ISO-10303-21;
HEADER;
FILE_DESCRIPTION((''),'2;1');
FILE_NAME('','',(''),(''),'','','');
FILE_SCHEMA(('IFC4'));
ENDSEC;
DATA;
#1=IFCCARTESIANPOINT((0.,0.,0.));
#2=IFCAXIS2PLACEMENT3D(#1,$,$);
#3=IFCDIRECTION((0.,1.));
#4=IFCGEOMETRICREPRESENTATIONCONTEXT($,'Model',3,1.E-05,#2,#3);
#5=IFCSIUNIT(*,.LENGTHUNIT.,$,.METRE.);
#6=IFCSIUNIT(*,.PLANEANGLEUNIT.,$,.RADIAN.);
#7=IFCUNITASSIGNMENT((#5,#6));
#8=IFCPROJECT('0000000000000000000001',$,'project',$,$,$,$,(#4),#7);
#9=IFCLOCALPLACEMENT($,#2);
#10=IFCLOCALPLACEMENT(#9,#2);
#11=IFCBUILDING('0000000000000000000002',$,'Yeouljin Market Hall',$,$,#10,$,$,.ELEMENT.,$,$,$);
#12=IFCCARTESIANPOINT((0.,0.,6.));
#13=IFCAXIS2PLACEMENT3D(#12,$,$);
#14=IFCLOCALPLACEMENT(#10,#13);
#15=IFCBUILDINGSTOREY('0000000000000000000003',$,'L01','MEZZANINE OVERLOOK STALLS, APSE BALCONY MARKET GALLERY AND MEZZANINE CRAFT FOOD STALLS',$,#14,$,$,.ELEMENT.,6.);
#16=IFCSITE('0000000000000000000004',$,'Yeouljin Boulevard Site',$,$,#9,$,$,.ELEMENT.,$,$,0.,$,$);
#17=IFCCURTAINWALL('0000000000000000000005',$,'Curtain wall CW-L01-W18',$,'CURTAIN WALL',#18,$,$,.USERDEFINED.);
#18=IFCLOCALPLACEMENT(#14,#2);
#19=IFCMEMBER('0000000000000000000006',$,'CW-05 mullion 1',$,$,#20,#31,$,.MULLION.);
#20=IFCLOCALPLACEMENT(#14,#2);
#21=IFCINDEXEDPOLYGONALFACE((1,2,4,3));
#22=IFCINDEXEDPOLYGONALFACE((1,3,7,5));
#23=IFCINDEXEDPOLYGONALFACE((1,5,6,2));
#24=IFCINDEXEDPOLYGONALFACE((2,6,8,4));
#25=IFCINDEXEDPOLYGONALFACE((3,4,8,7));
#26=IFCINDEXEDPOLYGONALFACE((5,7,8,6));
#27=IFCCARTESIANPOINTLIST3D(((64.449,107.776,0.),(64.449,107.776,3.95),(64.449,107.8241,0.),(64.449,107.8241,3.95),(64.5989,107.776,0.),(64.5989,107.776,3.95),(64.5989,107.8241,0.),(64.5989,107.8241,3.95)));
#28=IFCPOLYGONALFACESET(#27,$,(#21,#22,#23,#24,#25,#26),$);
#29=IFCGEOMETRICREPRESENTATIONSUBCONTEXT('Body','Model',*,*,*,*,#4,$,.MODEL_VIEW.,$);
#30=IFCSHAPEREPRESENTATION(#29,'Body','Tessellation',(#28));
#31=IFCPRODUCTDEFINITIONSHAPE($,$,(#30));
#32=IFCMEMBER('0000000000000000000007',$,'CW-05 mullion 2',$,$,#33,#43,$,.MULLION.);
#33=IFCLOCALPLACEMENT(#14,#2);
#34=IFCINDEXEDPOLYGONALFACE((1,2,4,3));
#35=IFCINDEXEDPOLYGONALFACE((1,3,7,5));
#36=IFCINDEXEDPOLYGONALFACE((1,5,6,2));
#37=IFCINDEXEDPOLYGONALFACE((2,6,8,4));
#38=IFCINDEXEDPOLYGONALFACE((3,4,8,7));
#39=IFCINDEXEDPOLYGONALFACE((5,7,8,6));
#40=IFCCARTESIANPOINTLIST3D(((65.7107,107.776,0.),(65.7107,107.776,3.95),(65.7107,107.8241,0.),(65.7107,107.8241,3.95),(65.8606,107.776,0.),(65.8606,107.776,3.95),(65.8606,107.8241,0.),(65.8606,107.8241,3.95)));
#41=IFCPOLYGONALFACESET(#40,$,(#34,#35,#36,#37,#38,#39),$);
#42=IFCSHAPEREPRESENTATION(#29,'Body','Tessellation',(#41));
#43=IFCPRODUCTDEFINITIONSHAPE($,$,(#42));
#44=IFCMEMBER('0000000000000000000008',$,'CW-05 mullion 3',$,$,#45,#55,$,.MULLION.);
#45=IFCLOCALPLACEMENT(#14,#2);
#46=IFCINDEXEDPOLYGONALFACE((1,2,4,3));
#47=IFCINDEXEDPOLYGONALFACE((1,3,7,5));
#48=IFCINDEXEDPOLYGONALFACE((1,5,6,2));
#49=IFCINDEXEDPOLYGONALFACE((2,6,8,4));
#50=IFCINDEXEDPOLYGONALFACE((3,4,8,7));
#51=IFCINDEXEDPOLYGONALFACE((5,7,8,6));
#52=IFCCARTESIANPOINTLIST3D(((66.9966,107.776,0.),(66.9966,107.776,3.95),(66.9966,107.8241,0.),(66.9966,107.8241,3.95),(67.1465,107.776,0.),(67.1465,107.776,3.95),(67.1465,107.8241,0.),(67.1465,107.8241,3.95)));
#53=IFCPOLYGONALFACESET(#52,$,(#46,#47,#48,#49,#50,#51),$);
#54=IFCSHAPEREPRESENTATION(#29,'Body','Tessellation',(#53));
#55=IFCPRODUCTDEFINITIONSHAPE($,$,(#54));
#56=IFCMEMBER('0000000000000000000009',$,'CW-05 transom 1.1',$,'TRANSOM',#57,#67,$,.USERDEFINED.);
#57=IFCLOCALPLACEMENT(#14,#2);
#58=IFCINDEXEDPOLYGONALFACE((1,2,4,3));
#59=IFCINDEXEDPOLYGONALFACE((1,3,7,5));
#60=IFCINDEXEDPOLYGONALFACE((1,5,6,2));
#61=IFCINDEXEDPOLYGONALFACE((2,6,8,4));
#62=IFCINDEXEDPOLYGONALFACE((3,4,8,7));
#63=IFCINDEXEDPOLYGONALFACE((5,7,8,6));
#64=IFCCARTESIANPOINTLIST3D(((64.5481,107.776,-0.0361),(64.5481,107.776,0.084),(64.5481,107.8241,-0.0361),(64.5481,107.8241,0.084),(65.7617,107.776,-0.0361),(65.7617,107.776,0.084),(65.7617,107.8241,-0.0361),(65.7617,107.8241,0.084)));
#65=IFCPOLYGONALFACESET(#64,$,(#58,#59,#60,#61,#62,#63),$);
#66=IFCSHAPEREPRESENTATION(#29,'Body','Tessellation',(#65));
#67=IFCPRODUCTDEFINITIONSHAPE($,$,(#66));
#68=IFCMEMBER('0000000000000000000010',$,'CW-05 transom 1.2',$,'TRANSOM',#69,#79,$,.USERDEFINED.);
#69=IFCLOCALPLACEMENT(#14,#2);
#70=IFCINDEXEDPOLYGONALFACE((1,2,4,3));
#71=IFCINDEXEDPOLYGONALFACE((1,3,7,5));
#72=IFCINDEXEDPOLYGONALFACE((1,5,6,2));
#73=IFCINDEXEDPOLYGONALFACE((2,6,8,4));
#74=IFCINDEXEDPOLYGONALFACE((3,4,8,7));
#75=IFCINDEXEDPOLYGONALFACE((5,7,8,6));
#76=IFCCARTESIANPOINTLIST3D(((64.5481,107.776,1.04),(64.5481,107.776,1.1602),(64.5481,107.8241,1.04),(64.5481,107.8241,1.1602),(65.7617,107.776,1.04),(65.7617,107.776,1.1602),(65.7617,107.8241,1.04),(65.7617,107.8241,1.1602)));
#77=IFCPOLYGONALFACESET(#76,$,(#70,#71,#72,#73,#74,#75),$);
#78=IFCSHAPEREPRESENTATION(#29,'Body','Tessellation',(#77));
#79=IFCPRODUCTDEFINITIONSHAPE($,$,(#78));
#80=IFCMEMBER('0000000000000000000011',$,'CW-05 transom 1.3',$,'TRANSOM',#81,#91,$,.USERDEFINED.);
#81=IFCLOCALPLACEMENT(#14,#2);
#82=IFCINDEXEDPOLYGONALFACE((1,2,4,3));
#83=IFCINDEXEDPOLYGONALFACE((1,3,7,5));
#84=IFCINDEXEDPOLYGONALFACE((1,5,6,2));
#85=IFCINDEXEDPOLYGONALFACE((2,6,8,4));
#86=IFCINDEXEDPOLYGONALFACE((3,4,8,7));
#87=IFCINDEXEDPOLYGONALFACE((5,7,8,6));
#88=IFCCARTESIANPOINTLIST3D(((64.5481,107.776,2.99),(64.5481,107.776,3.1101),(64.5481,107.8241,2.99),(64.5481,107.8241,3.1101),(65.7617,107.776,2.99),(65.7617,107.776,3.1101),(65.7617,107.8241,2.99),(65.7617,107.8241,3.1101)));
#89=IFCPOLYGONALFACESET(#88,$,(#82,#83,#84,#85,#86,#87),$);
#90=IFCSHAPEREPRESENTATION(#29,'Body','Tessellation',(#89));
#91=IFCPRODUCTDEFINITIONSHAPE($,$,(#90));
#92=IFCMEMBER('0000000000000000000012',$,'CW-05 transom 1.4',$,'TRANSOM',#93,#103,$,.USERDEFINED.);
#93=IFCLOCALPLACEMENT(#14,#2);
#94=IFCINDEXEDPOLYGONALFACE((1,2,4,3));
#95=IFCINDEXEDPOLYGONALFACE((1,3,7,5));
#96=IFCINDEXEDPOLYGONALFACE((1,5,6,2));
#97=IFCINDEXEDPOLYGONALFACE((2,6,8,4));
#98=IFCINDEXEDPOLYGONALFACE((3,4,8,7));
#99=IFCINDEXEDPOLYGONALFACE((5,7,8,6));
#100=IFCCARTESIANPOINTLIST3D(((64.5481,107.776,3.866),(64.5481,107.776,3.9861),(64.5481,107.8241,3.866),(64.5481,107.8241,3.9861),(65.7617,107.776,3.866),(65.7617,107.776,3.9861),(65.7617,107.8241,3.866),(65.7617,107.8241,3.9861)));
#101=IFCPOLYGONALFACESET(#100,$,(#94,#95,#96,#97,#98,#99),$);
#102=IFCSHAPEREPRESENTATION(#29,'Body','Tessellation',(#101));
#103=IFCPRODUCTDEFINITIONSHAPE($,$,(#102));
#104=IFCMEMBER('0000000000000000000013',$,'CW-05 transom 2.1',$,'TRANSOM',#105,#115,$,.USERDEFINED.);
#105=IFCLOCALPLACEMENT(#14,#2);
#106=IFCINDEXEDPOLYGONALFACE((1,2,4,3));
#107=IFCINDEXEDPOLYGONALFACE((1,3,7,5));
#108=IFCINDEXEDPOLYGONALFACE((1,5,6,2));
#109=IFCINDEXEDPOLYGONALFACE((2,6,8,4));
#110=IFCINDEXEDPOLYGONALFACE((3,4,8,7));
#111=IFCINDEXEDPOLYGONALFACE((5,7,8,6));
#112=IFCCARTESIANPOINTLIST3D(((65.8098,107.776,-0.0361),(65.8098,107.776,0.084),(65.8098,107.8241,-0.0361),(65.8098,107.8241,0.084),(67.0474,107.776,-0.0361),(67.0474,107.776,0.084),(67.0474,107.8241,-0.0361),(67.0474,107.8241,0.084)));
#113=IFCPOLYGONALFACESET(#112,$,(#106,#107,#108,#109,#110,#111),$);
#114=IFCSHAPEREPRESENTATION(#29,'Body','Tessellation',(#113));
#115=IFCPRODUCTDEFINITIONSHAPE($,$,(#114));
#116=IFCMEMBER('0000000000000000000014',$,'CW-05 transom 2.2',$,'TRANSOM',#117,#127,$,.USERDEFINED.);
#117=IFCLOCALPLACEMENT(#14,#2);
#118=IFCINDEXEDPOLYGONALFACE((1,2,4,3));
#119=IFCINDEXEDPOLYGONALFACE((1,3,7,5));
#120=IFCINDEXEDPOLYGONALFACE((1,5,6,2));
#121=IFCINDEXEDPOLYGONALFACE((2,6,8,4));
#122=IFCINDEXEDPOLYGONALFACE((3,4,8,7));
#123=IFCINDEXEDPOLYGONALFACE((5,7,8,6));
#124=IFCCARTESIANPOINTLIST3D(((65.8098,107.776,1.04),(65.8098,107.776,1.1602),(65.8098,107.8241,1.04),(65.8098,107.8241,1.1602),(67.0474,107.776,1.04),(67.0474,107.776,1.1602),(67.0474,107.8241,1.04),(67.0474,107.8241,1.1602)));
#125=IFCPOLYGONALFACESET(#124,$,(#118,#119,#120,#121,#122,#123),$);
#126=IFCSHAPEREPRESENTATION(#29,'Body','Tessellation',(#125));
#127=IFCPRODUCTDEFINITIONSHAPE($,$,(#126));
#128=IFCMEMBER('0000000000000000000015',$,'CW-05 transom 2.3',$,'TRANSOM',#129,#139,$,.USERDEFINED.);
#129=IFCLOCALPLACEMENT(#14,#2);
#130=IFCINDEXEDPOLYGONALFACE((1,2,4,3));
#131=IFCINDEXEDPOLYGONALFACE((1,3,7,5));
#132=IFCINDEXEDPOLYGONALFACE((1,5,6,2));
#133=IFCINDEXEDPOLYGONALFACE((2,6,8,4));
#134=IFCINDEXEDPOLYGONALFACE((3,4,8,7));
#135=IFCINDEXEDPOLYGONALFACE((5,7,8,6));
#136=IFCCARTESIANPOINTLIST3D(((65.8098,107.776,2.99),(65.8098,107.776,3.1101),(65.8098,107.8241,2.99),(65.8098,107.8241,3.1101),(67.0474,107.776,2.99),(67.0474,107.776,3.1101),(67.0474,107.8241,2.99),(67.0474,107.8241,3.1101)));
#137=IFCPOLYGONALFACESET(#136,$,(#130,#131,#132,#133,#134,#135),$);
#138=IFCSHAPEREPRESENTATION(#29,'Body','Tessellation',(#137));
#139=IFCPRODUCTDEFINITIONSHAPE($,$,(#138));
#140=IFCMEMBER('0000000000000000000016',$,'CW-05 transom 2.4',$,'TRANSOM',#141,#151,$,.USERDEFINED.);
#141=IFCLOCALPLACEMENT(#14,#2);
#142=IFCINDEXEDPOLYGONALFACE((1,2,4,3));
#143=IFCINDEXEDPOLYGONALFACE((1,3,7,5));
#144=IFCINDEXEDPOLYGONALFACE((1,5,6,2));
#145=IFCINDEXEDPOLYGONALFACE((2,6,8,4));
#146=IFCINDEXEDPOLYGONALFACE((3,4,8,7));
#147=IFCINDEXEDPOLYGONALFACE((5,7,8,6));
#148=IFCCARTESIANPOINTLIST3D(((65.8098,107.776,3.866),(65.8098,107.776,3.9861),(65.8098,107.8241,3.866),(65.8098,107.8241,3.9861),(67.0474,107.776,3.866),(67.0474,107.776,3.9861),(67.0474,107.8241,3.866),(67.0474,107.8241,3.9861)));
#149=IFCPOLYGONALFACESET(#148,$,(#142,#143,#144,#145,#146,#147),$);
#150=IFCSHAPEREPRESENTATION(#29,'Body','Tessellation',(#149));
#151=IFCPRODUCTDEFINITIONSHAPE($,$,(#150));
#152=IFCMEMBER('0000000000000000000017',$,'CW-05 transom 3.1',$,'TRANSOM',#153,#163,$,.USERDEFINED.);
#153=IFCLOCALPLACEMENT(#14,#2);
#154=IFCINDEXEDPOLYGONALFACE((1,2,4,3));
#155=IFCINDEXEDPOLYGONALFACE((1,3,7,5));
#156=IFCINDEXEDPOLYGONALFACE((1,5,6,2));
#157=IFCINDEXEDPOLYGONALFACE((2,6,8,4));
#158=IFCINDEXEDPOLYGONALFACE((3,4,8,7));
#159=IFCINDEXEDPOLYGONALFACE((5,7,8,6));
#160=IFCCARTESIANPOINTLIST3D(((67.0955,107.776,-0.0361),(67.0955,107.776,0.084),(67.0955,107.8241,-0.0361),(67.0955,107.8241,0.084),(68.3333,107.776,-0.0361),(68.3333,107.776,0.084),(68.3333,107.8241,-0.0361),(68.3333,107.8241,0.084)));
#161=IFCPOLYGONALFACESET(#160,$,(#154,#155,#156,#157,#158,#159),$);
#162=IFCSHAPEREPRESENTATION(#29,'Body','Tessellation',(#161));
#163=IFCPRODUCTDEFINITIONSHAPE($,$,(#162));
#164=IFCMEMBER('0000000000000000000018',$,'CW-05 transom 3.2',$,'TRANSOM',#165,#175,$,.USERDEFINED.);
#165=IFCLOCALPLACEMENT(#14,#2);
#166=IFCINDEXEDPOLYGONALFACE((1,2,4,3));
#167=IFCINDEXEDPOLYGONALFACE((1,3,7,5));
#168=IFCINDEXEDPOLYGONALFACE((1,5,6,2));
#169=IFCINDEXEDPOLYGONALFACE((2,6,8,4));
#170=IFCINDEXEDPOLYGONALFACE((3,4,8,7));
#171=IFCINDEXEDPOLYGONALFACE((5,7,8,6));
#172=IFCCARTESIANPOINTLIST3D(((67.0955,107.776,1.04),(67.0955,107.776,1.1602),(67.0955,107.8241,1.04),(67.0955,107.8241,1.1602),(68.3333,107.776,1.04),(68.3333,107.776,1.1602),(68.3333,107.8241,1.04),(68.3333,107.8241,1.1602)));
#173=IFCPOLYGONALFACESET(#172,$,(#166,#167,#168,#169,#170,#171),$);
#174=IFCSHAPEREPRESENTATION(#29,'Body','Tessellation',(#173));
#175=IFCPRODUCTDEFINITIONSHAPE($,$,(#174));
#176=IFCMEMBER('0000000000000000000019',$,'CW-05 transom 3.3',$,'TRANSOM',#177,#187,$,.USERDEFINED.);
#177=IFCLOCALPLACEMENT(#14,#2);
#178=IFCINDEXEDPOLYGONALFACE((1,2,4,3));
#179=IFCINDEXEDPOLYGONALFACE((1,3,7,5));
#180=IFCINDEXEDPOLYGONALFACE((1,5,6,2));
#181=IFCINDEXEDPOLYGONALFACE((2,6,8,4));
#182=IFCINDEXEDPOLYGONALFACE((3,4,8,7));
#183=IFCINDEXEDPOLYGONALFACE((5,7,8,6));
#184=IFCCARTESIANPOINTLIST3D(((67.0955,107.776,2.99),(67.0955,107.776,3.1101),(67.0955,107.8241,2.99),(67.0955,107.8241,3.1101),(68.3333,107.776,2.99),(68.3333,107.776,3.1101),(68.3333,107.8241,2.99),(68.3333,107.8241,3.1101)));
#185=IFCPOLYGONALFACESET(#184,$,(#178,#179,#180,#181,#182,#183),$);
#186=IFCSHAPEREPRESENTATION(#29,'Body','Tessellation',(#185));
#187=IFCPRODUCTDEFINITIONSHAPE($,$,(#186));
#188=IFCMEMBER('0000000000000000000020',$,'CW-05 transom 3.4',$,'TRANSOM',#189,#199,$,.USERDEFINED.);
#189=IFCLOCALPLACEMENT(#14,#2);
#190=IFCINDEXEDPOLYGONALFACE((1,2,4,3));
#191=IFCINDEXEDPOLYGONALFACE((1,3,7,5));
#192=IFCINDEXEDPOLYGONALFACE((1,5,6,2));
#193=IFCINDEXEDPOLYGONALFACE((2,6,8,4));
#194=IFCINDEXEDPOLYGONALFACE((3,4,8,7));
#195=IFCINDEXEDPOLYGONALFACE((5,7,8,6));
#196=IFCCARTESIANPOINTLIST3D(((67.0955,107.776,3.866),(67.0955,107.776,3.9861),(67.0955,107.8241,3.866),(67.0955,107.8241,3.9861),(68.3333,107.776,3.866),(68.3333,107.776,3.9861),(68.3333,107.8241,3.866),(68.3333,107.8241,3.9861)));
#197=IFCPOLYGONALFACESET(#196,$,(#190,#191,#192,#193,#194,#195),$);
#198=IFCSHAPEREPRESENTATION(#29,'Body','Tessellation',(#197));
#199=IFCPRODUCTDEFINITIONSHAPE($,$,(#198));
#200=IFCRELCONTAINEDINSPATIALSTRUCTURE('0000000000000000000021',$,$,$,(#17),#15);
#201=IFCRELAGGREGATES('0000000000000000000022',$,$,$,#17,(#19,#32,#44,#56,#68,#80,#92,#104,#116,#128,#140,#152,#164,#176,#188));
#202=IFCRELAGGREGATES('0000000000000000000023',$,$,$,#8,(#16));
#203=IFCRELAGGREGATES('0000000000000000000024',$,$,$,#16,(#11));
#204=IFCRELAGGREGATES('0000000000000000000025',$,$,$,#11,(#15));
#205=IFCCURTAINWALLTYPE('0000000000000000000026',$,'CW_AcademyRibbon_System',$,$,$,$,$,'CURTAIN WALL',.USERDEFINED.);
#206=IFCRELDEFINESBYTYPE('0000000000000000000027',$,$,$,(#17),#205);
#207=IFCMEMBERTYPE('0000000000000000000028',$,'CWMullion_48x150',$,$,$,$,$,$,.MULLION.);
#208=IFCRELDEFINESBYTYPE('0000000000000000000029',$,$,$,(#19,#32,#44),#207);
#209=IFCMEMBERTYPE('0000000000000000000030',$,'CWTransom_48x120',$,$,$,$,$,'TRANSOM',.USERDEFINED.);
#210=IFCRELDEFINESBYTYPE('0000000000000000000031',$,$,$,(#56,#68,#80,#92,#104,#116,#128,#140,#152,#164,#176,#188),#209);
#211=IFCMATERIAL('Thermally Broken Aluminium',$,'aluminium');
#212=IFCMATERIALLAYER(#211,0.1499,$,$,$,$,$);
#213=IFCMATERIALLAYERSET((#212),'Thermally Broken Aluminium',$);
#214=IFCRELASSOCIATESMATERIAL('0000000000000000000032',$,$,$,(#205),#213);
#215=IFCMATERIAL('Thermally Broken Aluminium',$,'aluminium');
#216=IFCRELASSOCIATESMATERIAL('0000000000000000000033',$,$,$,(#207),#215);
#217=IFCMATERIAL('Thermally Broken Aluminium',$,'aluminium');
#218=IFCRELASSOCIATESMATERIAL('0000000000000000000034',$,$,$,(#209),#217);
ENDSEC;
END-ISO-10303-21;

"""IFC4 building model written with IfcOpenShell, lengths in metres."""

from ifc_helpers import new_model, si_unit, direction, frame, origin, origin_2d, place, context, subcontext, project, spatial, rectangle, extrude, material, layer, layer_set, material_profile, profile_set, type_object, element, aggregate, save


model = new_model("IFC4")

# Units and contexts
model_context = context("Model", 3, precision=1e-05, world=origin(), true_north=direction((0.0, 1.0)))
body_context = subcontext(model_context, "Body", "Model", "MODEL_VIEW")
ifc_project = project(units=[si_unit("LENGTHUNIT", "METRE"), si_unit("PLANEANGLEUNIT", "RADIAN")], contexts=[model_context])

# Site, building, storey
site_placement = place(None, origin())
site = spatial("IfcSite", under=ifc_project, at=site_placement, Name="Yeouljin Boulevard Site", CompositionType="ELEMENT", RefElevation=0.0)
building_placement = place(site_placement, origin())
building = spatial("IfcBuilding", under=site, at=building_placement, Name="Yeouljin Market Hall", CompositionType="ELEMENT")
storey_placement = place(building_placement, frame((0.0, 0.0, 6.0)))
storey = spatial("IfcBuildingStorey", under=building, at=storey_placement, Name="L01", Description="MEZZANINE OVERLOOK STALLS, APSE BALCONY MARKET GALLERY AND MEZZANINE CRAFT FOOD STALLS", CompositionType="ELEMENT", Elevation=6.0)

# Curtain wall, members
ifc_material_1 = material(Name="Thermally Broken Aluminium", Category="aluminium")
ifc_layer_1 = layer(ifc_material_1, 0.1499)
ifc_layer_set_1 = layer_set([ifc_layer_1], Name="Thermally Broken Aluminium")
curtain_wall_type = type_object("IfcCurtainWallType", Name="CW_AcademyRibbon_System", ElementType="CURTAIN WALL", PredefinedType="USERDEFINED", material=ifc_layer_set_1)
curtain_wall_placement = place(storey_placement, origin())
curtain_wall = element("IfcCurtainWall", 1, at=curtain_wall_placement, inside=storey, type_object=curtain_wall_type, Name="Curtain wall CW-L01-W18", ObjectType="CURTAIN WALL", PredefinedType="USERDEFINED")
ifc_material_2 = material(Name="Thermally Broken Aluminium", Category="aluminium")
ifc_material_profile_1 = material_profile(ifc_material_2, rectangle(XDim=0.0481, YDim=0.1499, at=origin_2d()), Name="CW-MULL-48x150")
ifc_profile_set_1 = profile_set([ifc_material_profile_1], Name="Thermally Broken Aluminium")
member_type_1 = type_object("IfcMemberType", Name="CWMullion_48x150", PredefinedType="MULLION", material=ifc_profile_set_1)
member_1_placement = place(storey_placement, frame((64.5239, 107.8, 0.0), z_axis=(0.0, 0.0, 1.0), x_axis=(0.0, 1.0, 0.0)))
member_1 = element("IfcMember", 2, at=member_1_placement, type_object=member_type_1, Name="CW-05 mullion 1", PredefinedType="MULLION", context=body_context, shape_type="SweptSolid", body=[
    extrude(rectangle(XDim=0.0481, YDim=0.1499, at=origin_2d()), origin(), (0.0, 0.0, 1.0), 3.95),
])
member_2_placement = place(storey_placement, frame((65.7856, 107.8, 0.0), z_axis=(0.0, 0.0, 1.0), x_axis=(0.0, 1.0, 0.0)))
member_2 = element("IfcMember", 3, at=member_2_placement, type_object=member_type_1, Name="CW-05 mullion 2", PredefinedType="MULLION", context=body_context, shape_type="SweptSolid", body=[
    extrude(rectangle(XDim=0.0481, YDim=0.1499, at=origin_2d()), origin(), (0.0, 0.0, 1.0), 3.95),
])
member_3_placement = place(storey_placement, frame((67.0715, 107.8, 0.0), z_axis=(0.0, 0.0, 1.0), x_axis=(0.0, 1.0, 0.0)))
member_3 = element("IfcMember", 4, at=member_3_placement, type_object=member_type_1, Name="CW-05 mullion 3", PredefinedType="MULLION", context=body_context, shape_type="SweptSolid", body=[
    extrude(rectangle(XDim=0.0481, YDim=0.1499, at=origin_2d()), origin(), (0.0, 0.0, 1.0), 3.95),
])
ifc_material_3 = material(Name="Thermally Broken Aluminium", Category="aluminium")
ifc_material_profile_2 = material_profile(ifc_material_3, rectangle(XDim=0.0481, YDim=0.1201, at=origin_2d()), Name="CW-TRAN-48x120")
ifc_profile_set_2 = profile_set([ifc_material_profile_2], Name="Thermally Broken Aluminium")
member_type_2 = type_object("IfcMemberType", Name="CWTransom_48x120", ElementType="TRANSOM", PredefinedType="USERDEFINED", material=ifc_profile_set_2)
member_4_placement = place(storey_placement, frame((64.5481, 107.8, 0.0239), z_axis=(1.0, 0.0, 0.0), x_axis=(0.0, 1.0, 0.0)))
member_4 = element("IfcMember", 5, at=member_4_placement, type_object=member_type_2, Name="CW-05 transom 1.1", ObjectType="TRANSOM", PredefinedType="USERDEFINED", context=body_context, shape_type="SweptSolid", body=[
    extrude(rectangle(XDim=0.0481, YDim=0.1201, at=origin_2d()), origin(), (0.0, 0.0, 1.0), 1.2136),
])
member_5_placement = place(storey_placement, frame((64.5481, 107.8, 1.1001), z_axis=(1.0, 0.0, 0.0), x_axis=(0.0, 1.0, 0.0)))
member_5 = element("IfcMember", 6, at=member_5_placement, type_object=member_type_2, Name="CW-05 transom 1.2", ObjectType="TRANSOM", PredefinedType="USERDEFINED", context=body_context, shape_type="SweptSolid", body=[
    extrude(rectangle(XDim=0.0481, YDim=0.1201, at=origin_2d()), origin(), (0.0, 0.0, 1.0), 1.2136),
])
member_6_placement = place(storey_placement, frame((64.5481, 107.8, 3.05), z_axis=(1.0, 0.0, 0.0), x_axis=(0.0, 1.0, 0.0)))
member_6 = element("IfcMember", 7, at=member_6_placement, type_object=member_type_2, Name="CW-05 transom 1.3", ObjectType="TRANSOM", PredefinedType="USERDEFINED", context=body_context, shape_type="SweptSolid", body=[
    extrude(rectangle(XDim=0.0481, YDim=0.1201, at=origin_2d()), origin(), (0.0, 0.0, 1.0), 1.2136),
])
member_7_placement = place(storey_placement, frame((64.5481, 107.8, 3.926), z_axis=(1.0, 0.0, 0.0), x_axis=(0.0, 1.0, 0.0)))
member_7 = element("IfcMember", 8, at=member_7_placement, type_object=member_type_2, Name="CW-05 transom 1.4", ObjectType="TRANSOM", PredefinedType="USERDEFINED", context=body_context, shape_type="SweptSolid", body=[
    extrude(rectangle(XDim=0.0481, YDim=0.1201, at=origin_2d()), origin(), (0.0, 0.0, 1.0), 1.2136),
])
member_8_placement = place(storey_placement, frame((65.8098, 107.8, 0.0239), z_axis=(1.0, 0.0, 0.0), x_axis=(0.0, 1.0, 0.0)))
member_8 = element("IfcMember", 9, at=member_8_placement, type_object=member_type_2, Name="CW-05 transom 2.1", ObjectType="TRANSOM", PredefinedType="USERDEFINED", context=body_context, shape_type="SweptSolid", body=[
    extrude(rectangle(XDim=0.0481, YDim=0.1201, at=origin_2d()), origin(), (0.0, 0.0, 1.0), 1.2375),
])
member_9_placement = place(storey_placement, frame((65.8098, 107.8, 1.1001), z_axis=(1.0, 0.0, 0.0), x_axis=(0.0, 1.0, 0.0)))
member_9 = element("IfcMember", 10, at=member_9_placement, type_object=member_type_2, Name="CW-05 transom 2.2", ObjectType="TRANSOM", PredefinedType="USERDEFINED", context=body_context, shape_type="SweptSolid", body=[
    extrude(rectangle(XDim=0.0481, YDim=0.1201, at=origin_2d()), origin(), (0.0, 0.0, 1.0), 1.2375),
])
member_10_placement = place(storey_placement, frame((65.8098, 107.8, 3.05), z_axis=(1.0, 0.0, 0.0), x_axis=(0.0, 1.0, 0.0)))
member_10 = element("IfcMember", 11, at=member_10_placement, type_object=member_type_2, Name="CW-05 transom 2.3", ObjectType="TRANSOM", PredefinedType="USERDEFINED", context=body_context, shape_type="SweptSolid", body=[
    extrude(rectangle(XDim=0.0481, YDim=0.1201, at=origin_2d()), origin(), (0.0, 0.0, 1.0), 1.2375),
])
member_11_placement = place(storey_placement, frame((65.8098, 107.8, 3.926), z_axis=(1.0, 0.0, 0.0), x_axis=(0.0, 1.0, 0.0)))
member_11 = element("IfcMember", 12, at=member_11_placement, type_object=member_type_2, Name="CW-05 transom 2.4", ObjectType="TRANSOM", PredefinedType="USERDEFINED", context=body_context, shape_type="SweptSolid", body=[
    extrude(rectangle(XDim=0.0481, YDim=0.1201, at=origin_2d()), origin(), (0.0, 0.0, 1.0), 1.2375),
])
member_12_placement = place(storey_placement, frame((67.0955, 107.8, 0.0239), z_axis=(1.0, 0.0, 0.0), x_axis=(0.0, 1.0, 0.0)))
member_12 = element("IfcMember", 13, at=member_12_placement, type_object=member_type_2, Name="CW-05 transom 3.1", ObjectType="TRANSOM", PredefinedType="USERDEFINED", context=body_context, shape_type="SweptSolid", body=[
    extrude(rectangle(XDim=0.0481, YDim=0.1201, at=origin_2d()), origin(), (0.0, 0.0, 1.0), 1.2378),
])
member_13_placement = place(storey_placement, frame((67.0955, 107.8, 1.1001), z_axis=(1.0, 0.0, 0.0), x_axis=(0.0, 1.0, 0.0)))
member_13 = element("IfcMember", 14, at=member_13_placement, type_object=member_type_2, Name="CW-05 transom 3.2", ObjectType="TRANSOM", PredefinedType="USERDEFINED", context=body_context, shape_type="SweptSolid", body=[
    extrude(rectangle(XDim=0.0481, YDim=0.1201, at=origin_2d()), origin(), (0.0, 0.0, 1.0), 1.2378),
])
member_14_placement = place(storey_placement, frame((67.0955, 107.8, 3.05), z_axis=(1.0, 0.0, 0.0), x_axis=(0.0, 1.0, 0.0)))
member_14 = element("IfcMember", 15, at=member_14_placement, type_object=member_type_2, Name="CW-05 transom 3.3", ObjectType="TRANSOM", PredefinedType="USERDEFINED", context=body_context, shape_type="SweptSolid", body=[
    extrude(rectangle(XDim=0.0481, YDim=0.1201, at=origin_2d()), origin(), (0.0, 0.0, 1.0), 1.2378),
])
member_15_placement = place(storey_placement, frame((67.0955, 107.8, 3.926), z_axis=(1.0, 0.0, 0.0), x_axis=(0.0, 1.0, 0.0)))
member_15 = element("IfcMember", 16, at=member_15_placement, type_object=member_type_2, Name="CW-05 transom 3.4", ObjectType="TRANSOM", PredefinedType="USERDEFINED", context=body_context, shape_type="SweptSolid", body=[
    extrude(rectangle(XDim=0.0481, YDim=0.1201, at=origin_2d()), origin(), (0.0, 0.0, 1.0), 1.2378),
])

aggregate(curtain_wall, [member_1, member_2, member_3, member_4, member_5, member_6, member_7, member_8, member_9, member_10, member_11, member_12, member_13, member_14, member_15])

save(model, "model.ifc")
